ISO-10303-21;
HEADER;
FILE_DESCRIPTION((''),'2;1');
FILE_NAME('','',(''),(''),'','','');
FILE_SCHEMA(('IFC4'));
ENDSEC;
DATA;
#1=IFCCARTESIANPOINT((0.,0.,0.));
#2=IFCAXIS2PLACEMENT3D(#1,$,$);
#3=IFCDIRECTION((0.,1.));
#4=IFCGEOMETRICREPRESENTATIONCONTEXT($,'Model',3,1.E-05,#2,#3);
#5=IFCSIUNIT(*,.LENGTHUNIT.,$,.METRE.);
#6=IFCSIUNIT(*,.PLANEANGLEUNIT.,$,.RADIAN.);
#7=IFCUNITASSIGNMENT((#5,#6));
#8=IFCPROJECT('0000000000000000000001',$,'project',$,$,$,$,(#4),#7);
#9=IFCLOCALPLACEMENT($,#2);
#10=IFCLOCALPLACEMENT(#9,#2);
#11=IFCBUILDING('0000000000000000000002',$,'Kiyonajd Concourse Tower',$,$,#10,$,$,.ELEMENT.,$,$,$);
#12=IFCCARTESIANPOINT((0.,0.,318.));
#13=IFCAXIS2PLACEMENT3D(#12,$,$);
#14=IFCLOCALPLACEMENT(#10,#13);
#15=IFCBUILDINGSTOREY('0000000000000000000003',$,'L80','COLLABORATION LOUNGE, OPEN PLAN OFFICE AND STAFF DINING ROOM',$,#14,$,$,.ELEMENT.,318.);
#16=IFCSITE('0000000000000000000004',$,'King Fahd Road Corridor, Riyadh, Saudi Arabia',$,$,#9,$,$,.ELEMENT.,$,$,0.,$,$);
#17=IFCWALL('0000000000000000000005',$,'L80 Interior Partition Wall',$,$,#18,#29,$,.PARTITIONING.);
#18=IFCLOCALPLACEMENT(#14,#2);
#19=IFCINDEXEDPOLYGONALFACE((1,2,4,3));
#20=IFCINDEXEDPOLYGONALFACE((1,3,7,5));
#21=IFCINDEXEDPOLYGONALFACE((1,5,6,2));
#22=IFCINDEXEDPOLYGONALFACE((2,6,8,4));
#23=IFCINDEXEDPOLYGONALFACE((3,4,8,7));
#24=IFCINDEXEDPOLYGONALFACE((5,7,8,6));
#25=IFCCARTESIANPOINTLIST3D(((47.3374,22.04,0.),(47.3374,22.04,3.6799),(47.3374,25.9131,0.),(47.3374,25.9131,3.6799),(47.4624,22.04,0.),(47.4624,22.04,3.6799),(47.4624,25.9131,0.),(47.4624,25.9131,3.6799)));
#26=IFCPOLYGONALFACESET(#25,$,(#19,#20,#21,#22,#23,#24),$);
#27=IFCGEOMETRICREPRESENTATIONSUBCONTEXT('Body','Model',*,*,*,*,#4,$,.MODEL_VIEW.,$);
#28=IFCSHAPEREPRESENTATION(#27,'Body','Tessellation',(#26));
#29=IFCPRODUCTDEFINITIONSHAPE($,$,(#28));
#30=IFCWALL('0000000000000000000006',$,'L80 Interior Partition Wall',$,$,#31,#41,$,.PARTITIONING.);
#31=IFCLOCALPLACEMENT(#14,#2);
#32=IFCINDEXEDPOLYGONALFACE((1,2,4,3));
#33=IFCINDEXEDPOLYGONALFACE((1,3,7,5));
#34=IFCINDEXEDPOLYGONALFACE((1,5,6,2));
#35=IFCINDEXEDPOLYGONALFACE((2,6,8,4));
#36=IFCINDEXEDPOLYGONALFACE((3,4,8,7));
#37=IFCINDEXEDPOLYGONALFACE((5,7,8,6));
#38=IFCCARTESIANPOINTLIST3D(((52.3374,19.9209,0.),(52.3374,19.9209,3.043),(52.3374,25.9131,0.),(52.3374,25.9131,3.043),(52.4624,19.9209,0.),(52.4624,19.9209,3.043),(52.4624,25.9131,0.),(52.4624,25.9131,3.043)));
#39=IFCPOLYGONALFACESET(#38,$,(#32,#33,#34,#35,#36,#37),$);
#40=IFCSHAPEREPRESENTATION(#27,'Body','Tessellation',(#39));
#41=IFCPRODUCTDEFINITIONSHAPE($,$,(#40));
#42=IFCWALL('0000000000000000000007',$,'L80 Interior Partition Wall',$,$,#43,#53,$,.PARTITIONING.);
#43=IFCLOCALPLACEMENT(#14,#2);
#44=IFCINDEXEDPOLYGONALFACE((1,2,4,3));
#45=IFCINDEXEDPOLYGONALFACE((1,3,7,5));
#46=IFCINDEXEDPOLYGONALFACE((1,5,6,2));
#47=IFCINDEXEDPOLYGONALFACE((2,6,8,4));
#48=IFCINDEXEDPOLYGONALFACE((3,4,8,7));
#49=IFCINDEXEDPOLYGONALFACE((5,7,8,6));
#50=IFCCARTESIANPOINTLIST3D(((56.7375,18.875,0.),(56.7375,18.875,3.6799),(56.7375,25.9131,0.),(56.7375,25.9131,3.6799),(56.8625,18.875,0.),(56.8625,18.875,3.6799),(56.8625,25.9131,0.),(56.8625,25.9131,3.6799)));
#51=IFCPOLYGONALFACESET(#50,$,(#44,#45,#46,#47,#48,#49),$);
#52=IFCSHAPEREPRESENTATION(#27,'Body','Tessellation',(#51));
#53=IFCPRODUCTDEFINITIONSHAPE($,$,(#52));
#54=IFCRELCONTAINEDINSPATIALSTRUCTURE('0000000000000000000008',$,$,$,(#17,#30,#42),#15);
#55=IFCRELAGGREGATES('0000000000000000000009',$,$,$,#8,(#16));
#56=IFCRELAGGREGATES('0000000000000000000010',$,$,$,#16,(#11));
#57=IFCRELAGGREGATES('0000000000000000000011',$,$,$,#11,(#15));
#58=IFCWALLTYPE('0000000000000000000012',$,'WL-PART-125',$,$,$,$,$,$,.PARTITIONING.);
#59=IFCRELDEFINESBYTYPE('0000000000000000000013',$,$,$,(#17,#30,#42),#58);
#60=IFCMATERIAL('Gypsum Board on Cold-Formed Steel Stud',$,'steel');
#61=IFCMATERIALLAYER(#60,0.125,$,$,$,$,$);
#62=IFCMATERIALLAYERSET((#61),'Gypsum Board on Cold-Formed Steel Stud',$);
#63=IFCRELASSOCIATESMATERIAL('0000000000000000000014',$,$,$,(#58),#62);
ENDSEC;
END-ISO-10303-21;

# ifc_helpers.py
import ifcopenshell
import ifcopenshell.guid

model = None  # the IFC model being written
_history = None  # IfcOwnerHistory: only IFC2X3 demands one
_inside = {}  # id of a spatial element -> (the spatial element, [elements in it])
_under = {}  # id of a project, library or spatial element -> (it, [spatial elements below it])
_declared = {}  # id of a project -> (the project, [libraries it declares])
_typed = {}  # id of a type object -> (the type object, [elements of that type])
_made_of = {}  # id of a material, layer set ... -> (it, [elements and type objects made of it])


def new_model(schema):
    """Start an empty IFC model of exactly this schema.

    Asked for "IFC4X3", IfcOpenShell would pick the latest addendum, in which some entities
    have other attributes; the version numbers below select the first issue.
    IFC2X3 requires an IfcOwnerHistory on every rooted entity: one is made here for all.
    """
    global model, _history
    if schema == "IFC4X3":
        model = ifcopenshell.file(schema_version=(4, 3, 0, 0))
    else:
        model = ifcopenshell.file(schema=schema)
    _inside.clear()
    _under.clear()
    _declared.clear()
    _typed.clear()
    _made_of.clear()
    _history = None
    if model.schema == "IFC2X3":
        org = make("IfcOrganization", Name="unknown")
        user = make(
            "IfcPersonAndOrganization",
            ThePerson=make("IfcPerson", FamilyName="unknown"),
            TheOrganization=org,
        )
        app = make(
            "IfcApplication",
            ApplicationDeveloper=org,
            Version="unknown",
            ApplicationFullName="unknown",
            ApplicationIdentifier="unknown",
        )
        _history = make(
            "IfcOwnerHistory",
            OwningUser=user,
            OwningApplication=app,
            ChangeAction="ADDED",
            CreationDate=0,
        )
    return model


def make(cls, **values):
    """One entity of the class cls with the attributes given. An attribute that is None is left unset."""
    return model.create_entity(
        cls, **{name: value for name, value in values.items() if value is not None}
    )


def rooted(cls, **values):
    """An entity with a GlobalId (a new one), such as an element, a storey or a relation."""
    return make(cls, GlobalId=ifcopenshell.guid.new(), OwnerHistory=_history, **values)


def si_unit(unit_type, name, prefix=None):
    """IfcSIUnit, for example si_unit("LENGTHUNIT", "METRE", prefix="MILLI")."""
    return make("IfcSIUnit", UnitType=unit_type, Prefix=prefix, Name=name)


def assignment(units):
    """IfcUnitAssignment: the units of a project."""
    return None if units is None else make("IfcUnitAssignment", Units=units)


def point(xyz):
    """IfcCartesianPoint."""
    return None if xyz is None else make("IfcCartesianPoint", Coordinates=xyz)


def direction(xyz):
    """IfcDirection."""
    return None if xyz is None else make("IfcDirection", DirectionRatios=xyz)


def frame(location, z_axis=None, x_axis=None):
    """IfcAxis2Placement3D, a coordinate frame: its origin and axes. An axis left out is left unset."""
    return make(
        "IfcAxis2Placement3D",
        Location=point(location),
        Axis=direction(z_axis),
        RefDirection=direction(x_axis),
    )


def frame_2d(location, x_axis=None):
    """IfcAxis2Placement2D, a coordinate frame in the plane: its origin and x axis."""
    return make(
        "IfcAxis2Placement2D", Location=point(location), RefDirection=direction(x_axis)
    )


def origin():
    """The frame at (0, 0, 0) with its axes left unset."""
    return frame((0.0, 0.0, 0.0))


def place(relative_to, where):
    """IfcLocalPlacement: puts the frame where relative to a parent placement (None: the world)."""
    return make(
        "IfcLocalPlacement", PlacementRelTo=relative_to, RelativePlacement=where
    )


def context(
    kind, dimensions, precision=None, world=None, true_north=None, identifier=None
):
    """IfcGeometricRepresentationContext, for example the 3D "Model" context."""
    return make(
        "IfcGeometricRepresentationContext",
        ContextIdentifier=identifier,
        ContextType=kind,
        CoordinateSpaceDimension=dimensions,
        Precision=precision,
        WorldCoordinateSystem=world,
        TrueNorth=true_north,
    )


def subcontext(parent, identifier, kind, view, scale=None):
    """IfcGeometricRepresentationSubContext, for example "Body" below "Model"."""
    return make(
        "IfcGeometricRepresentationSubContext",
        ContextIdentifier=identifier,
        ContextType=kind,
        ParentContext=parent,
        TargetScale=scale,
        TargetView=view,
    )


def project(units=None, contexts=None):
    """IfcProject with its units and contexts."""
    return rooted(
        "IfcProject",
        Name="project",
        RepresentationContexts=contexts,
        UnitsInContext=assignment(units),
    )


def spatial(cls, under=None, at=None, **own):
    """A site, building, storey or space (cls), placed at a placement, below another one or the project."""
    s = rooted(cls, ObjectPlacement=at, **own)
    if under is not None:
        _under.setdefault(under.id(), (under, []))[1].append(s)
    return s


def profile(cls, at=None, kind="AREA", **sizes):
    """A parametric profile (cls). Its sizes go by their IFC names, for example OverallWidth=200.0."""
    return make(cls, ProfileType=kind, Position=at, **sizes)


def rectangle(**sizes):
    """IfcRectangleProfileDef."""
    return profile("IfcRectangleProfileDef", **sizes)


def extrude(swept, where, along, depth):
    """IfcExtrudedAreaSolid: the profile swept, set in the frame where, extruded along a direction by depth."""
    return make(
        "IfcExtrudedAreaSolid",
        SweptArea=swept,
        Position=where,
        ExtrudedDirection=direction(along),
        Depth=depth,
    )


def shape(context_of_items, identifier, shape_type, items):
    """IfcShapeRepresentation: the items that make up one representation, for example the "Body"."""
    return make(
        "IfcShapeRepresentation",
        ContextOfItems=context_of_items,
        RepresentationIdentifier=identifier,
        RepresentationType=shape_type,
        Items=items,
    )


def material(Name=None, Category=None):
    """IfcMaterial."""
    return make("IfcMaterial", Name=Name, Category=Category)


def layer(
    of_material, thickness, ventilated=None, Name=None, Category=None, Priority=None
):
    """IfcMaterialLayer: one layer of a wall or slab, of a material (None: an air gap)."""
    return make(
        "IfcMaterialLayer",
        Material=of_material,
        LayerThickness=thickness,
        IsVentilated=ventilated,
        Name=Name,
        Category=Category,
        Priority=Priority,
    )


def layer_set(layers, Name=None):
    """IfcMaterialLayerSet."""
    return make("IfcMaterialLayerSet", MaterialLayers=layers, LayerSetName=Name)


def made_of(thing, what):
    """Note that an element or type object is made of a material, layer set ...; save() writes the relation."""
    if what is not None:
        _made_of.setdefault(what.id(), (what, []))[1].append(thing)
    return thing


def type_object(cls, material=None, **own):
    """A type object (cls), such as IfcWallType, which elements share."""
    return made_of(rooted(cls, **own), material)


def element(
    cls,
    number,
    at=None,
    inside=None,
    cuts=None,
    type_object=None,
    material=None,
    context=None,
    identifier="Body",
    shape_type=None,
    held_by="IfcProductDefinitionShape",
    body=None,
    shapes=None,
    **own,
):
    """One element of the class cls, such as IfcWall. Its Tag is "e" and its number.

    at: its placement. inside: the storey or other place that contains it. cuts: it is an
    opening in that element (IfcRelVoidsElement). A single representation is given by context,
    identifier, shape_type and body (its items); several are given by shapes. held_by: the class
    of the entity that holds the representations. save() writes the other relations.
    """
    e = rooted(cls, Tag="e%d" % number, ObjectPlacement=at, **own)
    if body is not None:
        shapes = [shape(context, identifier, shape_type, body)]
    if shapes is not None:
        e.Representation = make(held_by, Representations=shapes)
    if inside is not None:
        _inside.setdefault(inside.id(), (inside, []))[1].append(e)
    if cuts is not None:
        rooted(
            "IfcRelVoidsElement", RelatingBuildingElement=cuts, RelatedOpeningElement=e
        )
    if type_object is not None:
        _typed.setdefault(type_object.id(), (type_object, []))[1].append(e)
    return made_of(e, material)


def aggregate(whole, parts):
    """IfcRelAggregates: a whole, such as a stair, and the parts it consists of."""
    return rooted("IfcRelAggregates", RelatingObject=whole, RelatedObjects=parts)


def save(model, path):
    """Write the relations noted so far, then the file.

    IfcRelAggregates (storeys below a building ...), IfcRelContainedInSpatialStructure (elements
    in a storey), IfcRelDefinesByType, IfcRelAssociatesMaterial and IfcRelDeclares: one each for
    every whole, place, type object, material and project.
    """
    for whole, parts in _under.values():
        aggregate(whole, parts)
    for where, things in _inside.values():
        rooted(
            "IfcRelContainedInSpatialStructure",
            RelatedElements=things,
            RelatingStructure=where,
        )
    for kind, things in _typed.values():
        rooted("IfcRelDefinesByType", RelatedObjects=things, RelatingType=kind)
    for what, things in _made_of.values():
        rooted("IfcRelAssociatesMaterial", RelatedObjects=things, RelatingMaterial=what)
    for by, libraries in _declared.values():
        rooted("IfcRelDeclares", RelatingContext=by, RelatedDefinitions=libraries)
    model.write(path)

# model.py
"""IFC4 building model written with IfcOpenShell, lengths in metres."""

from ifc_helpers import new_model, si_unit, direction, frame, frame_2d, origin, place, context, subcontext, project, spatial, rectangle, extrude, material, layer, layer_set, type_object, element, save


model = new_model("IFC4")

# Units and contexts
model_context = context("Model", 3, precision=1e-05, world=origin(), true_north=direction((0.0, 1.0)))
body_context = subcontext(model_context, "Body", "Model", "MODEL_VIEW")
ifc_project = project(units=[si_unit("LENGTHUNIT", "METRE"), si_unit("PLANEANGLEUNIT", "RADIAN")], contexts=[model_context])

# Site, building, storey
site_placement = place(None, origin())
site = spatial("IfcSite", under=ifc_project, at=site_placement, Name="King Fahd Road Corridor, Riyadh, Saudi Arabia", CompositionType="ELEMENT", RefElevation=0.0)
building_placement = place(site_placement, origin())
building = spatial("IfcBuilding", under=site, at=building_placement, Name="Kiyonajd Concourse Tower", CompositionType="ELEMENT")
storey_placement = place(building_placement, frame((0.0, 0.0, 318.0)))
storey = spatial("IfcBuildingStorey", under=building, at=storey_placement, Name="L80", Description="COLLABORATION LOUNGE, OPEN PLAN OFFICE AND STAFF DINING ROOM", CompositionType="ELEMENT", Elevation=318.0)

# Walls
ifc_material_1 = material(Name="Gypsum Board on Cold-Formed Steel Stud", Category="steel")
ifc_layer_1 = layer(ifc_material_1, 0.125)
ifc_layer_set_1 = layer_set([ifc_layer_1], Name="Gypsum Board on Cold-Formed Steel Stud")
wall_type_1 = type_object("IfcWallType", Name="WL-PART-125", PredefinedType="PARTITIONING", material=ifc_layer_set_1)
wall_1_placement = place(storey_placement, frame((47.3999, 22.04, 0.0), z_axis=(0.0, 0.0, 1.0), x_axis=(0.0, 1.0, 0.0)))
element("IfcWall", 1, at=wall_1_placement, inside=storey, type_object=wall_type_1, Name="L80 Interior Partition Wall", PredefinedType="PARTITIONING", context=body_context, shape_type="SweptSolid", body=[
    extrude(rectangle(XDim=3.873, YDim=0.125, at=frame_2d((1.9365, 0.0))), origin(), (0.0, 0.0, 1.0), 3.6799),
])
wall_2_placement = place(storey_placement, frame((52.3999, 19.9209, 0.0), z_axis=(0.0, 0.0, 1.0), x_axis=(0.0, 1.0, 0.0)))
element("IfcWall", 2, at=wall_2_placement, inside=storey, type_object=wall_type_1, Name="L80 Interior Partition Wall", PredefinedType="PARTITIONING", context=body_context, shape_type="SweptSolid", body=[
    extrude(rectangle(XDim=5.9922, YDim=0.125, at=frame_2d((2.9961, 0.0))), origin(), (0.0, 0.0, 1.0), 3.043),
])
wall_3_placement = place(storey_placement, frame((56.8, 18.875, 0.0), z_axis=(0.0, 0.0, 1.0), x_axis=(0.0, 1.0, 0.0)))
element("IfcWall", 3, at=wall_3_placement, inside=storey, type_object=wall_type_1, Name="L80 Interior Partition Wall", PredefinedType="PARTITIONING", context=body_context, shape_type="SweptSolid", body=[
    extrude(rectangle(XDim=7.0381, YDim=0.125, at=frame_2d((3.519, 0.0))), origin(), (0.0, 0.0, 1.0), 3.6799),
])

save(model, "model.ifc")
